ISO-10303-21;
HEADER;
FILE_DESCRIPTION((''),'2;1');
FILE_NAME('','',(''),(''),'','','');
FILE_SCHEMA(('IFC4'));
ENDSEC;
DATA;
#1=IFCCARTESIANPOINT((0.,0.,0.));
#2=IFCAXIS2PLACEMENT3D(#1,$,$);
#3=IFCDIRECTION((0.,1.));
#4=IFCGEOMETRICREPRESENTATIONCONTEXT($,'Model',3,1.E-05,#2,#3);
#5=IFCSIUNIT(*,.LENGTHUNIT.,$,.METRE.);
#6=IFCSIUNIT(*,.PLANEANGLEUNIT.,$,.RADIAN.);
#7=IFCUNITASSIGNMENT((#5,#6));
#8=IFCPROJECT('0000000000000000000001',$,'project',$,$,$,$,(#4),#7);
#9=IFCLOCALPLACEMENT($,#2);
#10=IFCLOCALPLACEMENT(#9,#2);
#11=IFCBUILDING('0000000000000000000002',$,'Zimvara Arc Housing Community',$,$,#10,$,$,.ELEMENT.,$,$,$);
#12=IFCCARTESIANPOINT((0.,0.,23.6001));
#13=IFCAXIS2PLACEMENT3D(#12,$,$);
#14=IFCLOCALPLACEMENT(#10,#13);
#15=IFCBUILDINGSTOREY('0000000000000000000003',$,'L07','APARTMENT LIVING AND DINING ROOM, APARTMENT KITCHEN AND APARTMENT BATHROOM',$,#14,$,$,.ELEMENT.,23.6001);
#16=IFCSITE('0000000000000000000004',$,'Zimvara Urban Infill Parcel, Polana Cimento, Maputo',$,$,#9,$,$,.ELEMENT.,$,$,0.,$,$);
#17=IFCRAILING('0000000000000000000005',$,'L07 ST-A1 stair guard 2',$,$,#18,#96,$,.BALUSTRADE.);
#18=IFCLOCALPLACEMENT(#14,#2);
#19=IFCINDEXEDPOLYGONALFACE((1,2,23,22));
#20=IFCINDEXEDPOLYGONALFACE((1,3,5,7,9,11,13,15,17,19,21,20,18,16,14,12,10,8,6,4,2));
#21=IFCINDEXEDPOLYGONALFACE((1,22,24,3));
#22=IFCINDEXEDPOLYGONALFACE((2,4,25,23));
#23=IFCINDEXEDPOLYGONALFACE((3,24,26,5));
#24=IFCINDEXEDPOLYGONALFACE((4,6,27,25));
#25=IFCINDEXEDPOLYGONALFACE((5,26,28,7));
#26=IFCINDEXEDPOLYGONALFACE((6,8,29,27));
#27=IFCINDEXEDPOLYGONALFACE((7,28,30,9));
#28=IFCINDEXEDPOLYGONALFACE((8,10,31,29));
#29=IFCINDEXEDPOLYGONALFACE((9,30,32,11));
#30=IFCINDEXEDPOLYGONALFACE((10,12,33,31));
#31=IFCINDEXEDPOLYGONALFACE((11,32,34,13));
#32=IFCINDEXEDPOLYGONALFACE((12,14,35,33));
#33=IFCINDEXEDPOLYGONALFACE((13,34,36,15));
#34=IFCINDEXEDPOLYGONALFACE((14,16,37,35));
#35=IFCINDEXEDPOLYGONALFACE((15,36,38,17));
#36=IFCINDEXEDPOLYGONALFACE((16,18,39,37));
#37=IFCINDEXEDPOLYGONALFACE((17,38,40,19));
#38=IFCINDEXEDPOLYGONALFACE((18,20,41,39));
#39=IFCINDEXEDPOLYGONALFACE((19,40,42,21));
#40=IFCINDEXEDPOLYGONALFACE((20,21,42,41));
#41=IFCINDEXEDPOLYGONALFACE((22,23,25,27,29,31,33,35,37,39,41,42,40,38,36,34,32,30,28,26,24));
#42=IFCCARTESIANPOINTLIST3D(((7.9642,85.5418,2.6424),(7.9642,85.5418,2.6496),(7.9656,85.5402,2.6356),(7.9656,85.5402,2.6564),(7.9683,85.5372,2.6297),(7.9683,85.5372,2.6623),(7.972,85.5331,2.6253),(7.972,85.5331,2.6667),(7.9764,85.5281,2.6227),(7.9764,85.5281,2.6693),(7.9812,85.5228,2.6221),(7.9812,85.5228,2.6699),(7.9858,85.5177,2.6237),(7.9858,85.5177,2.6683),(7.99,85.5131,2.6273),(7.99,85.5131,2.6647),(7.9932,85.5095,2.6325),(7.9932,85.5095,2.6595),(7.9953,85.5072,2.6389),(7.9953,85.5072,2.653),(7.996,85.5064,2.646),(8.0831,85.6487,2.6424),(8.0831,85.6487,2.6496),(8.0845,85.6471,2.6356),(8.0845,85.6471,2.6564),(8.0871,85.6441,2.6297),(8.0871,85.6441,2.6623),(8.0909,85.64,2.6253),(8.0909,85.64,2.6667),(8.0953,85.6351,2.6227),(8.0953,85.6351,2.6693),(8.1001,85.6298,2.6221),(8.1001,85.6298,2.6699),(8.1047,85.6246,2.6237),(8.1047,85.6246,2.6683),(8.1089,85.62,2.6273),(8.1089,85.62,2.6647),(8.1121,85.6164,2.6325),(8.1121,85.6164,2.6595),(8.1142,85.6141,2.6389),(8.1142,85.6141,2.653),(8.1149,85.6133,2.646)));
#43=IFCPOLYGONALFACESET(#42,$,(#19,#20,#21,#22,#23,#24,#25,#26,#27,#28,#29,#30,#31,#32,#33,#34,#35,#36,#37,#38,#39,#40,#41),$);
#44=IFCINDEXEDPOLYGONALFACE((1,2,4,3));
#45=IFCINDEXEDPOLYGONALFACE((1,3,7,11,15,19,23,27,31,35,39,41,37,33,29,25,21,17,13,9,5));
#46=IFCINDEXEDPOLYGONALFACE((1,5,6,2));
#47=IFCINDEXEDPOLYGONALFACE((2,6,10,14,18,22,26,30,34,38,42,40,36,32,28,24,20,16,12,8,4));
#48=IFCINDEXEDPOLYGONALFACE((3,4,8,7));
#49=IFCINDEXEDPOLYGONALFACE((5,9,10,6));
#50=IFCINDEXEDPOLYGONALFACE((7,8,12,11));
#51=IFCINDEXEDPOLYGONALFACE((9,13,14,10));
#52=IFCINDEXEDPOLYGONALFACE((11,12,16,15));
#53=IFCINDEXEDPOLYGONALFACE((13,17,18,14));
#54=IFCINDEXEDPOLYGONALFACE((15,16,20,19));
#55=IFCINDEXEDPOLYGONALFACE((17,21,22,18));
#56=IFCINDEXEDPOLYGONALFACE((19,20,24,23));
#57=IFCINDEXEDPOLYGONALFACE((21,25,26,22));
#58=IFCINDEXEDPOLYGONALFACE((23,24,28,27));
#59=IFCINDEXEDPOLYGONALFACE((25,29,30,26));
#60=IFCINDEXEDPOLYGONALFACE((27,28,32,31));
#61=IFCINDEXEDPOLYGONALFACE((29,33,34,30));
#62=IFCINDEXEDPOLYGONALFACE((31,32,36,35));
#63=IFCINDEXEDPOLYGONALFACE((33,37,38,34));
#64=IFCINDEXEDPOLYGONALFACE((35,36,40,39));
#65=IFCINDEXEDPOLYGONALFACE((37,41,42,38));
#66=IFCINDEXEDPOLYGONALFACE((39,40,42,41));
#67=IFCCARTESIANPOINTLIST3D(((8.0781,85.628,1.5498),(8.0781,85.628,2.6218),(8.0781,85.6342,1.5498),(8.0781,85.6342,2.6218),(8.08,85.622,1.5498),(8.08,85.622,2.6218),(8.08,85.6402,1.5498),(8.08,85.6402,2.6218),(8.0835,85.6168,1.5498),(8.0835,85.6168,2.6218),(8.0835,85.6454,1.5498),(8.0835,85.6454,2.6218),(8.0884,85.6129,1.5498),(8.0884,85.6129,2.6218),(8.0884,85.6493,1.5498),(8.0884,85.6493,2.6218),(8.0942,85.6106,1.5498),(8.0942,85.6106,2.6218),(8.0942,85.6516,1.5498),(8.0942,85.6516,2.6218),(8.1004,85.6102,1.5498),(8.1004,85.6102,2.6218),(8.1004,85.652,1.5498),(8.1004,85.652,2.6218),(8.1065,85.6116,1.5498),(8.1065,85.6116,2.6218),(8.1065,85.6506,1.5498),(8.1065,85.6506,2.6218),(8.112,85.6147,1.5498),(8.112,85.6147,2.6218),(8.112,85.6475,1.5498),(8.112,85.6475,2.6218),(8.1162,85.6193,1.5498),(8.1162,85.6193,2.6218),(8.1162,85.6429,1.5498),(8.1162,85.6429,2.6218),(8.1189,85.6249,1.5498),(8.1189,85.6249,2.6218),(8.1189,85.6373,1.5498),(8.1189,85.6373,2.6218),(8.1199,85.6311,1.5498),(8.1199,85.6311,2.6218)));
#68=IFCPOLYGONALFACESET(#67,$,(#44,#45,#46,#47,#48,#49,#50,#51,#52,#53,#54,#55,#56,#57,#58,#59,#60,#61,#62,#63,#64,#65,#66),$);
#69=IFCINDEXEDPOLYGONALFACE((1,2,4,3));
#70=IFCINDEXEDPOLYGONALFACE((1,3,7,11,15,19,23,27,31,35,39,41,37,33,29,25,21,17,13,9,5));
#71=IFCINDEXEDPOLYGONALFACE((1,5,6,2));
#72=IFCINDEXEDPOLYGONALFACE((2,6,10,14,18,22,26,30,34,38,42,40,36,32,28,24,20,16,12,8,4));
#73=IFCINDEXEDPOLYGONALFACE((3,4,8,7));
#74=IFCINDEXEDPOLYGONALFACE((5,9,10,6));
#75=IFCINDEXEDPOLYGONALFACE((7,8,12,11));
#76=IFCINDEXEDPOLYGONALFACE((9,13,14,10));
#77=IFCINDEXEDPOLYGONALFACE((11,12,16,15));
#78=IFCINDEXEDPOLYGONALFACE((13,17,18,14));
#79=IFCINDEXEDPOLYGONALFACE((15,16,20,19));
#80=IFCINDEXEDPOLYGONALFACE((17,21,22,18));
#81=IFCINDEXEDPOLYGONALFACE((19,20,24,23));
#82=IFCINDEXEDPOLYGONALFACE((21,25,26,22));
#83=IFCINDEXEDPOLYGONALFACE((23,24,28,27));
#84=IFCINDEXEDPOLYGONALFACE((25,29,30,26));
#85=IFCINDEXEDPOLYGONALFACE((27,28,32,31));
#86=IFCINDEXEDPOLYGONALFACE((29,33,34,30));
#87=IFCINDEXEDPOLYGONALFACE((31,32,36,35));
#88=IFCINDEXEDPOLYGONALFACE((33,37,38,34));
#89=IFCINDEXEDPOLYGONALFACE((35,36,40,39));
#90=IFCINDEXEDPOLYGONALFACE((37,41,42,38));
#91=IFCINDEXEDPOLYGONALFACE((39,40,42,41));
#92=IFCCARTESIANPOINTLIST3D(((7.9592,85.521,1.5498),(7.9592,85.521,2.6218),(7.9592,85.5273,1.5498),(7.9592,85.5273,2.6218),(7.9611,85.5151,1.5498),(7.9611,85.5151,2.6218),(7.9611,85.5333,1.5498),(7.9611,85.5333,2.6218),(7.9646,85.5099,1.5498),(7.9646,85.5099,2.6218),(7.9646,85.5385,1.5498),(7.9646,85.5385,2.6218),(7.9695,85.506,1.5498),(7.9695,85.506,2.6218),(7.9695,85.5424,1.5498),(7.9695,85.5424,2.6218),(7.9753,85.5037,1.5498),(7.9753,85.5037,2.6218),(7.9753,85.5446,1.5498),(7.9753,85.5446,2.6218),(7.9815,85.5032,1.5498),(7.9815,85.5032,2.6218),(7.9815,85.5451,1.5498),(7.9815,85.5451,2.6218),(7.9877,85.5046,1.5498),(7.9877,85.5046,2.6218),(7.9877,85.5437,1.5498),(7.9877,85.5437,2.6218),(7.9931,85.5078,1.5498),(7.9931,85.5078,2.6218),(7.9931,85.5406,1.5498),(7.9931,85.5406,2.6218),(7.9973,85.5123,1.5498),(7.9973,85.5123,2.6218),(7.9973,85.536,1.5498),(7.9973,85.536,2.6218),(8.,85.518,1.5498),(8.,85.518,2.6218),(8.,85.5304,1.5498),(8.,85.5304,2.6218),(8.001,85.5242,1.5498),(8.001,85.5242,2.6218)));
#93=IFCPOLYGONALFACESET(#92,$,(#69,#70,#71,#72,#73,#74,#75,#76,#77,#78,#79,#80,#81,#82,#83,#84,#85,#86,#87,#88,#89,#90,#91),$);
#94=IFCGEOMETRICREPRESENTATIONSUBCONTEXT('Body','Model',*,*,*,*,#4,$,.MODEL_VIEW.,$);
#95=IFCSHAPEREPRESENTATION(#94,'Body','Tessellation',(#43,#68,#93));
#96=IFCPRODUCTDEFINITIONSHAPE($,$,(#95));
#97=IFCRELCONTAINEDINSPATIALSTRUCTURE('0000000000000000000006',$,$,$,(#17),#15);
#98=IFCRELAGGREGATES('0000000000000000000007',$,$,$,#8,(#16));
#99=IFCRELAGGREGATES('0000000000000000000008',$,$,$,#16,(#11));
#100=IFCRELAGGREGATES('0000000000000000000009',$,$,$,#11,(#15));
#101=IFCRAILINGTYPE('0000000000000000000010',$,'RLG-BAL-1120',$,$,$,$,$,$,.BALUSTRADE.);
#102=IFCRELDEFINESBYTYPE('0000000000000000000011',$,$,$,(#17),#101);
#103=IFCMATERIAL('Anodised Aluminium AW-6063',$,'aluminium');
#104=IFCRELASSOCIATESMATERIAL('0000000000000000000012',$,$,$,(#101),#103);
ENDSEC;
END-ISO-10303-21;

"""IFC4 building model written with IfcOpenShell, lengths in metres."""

from ifc_helpers import new_model, si_unit, direction, frame, origin, origin_2d, place, context, subcontext, project, spatial, circle, extrude, material, type_object, element, save


model = new_model("IFC4")

# Units and contexts
model_context = context("Model", 3, precision=1e-05, world=origin(), true_north=direction((0.0, 1.0)))
body_context = subcontext(model_context, "Body", "Model", "MODEL_VIEW")
ifc_project = project(units=[si_unit("LENGTHUNIT", "METRE"), si_unit("PLANEANGLEUNIT", "RADIAN")], contexts=[model_context])

# Site, building, storey
site_placement = place(None, origin())
site = spatial("IfcSite", under=ifc_project, at=site_placement, Name="Zimvara Urban Infill Parcel, Polana Cimento, Maputo", CompositionType="ELEMENT", RefElevation=0.0)
building_placement = place(site_placement, origin())
building = spatial("IfcBuilding", under=site, at=building_placement, Name="Zimvara Arc Housing Community", CompositionType="ELEMENT")
storey_placement = place(building_placement, frame((0.0, 0.0, 23.6001)))
storey = spatial("IfcBuildingStorey", under=building, at=storey_placement, Name="L07", Description="APARTMENT LIVING AND DINING ROOM, APARTMENT KITCHEN AND APARTMENT BATHROOM", CompositionType="ELEMENT", Elevation=23.6001)

# Railing
ifc_material_1 = material(Name="Anodised Aluminium AW-6063", Category="aluminium")
railing_type_1 = type_object("IfcRailingType", Name="RLG-BAL-1120", PredefinedType="BALUSTRADE", material=ifc_material_1)
railing_1_placement = place(storey_placement, frame((8.0989, 85.6311, 1.5498)))
element("IfcRailing", 1, at=railing_1_placement, inside=storey, type_object=railing_type_1, Name="L07 ST-A1 stair guard 2", PredefinedType="BALUSTRADE", context=body_context, shape_type="SweptSolid", body=[
    extrude(circle(Radius=0.0239, at=origin_2d()), frame((0.0, 0.0, 1.0962), z_axis=(-0.743522, -0.668712, 0.0), x_axis=(0.668712, -0.743522, 0.0)), (0.0, 0.0, 1.0), 0.1599),
    extrude(circle(Radius=0.021, at=origin_2d()), origin(), (0.0, 0.0, 1.0), 1.072),
    extrude(circle(Radius=0.021, at=origin_2d()), frame((-0.1189, -0.1069, 0.0)), (0.0, 0.0, 1.0), 1.072),
])

save(model, "model.ifc")
